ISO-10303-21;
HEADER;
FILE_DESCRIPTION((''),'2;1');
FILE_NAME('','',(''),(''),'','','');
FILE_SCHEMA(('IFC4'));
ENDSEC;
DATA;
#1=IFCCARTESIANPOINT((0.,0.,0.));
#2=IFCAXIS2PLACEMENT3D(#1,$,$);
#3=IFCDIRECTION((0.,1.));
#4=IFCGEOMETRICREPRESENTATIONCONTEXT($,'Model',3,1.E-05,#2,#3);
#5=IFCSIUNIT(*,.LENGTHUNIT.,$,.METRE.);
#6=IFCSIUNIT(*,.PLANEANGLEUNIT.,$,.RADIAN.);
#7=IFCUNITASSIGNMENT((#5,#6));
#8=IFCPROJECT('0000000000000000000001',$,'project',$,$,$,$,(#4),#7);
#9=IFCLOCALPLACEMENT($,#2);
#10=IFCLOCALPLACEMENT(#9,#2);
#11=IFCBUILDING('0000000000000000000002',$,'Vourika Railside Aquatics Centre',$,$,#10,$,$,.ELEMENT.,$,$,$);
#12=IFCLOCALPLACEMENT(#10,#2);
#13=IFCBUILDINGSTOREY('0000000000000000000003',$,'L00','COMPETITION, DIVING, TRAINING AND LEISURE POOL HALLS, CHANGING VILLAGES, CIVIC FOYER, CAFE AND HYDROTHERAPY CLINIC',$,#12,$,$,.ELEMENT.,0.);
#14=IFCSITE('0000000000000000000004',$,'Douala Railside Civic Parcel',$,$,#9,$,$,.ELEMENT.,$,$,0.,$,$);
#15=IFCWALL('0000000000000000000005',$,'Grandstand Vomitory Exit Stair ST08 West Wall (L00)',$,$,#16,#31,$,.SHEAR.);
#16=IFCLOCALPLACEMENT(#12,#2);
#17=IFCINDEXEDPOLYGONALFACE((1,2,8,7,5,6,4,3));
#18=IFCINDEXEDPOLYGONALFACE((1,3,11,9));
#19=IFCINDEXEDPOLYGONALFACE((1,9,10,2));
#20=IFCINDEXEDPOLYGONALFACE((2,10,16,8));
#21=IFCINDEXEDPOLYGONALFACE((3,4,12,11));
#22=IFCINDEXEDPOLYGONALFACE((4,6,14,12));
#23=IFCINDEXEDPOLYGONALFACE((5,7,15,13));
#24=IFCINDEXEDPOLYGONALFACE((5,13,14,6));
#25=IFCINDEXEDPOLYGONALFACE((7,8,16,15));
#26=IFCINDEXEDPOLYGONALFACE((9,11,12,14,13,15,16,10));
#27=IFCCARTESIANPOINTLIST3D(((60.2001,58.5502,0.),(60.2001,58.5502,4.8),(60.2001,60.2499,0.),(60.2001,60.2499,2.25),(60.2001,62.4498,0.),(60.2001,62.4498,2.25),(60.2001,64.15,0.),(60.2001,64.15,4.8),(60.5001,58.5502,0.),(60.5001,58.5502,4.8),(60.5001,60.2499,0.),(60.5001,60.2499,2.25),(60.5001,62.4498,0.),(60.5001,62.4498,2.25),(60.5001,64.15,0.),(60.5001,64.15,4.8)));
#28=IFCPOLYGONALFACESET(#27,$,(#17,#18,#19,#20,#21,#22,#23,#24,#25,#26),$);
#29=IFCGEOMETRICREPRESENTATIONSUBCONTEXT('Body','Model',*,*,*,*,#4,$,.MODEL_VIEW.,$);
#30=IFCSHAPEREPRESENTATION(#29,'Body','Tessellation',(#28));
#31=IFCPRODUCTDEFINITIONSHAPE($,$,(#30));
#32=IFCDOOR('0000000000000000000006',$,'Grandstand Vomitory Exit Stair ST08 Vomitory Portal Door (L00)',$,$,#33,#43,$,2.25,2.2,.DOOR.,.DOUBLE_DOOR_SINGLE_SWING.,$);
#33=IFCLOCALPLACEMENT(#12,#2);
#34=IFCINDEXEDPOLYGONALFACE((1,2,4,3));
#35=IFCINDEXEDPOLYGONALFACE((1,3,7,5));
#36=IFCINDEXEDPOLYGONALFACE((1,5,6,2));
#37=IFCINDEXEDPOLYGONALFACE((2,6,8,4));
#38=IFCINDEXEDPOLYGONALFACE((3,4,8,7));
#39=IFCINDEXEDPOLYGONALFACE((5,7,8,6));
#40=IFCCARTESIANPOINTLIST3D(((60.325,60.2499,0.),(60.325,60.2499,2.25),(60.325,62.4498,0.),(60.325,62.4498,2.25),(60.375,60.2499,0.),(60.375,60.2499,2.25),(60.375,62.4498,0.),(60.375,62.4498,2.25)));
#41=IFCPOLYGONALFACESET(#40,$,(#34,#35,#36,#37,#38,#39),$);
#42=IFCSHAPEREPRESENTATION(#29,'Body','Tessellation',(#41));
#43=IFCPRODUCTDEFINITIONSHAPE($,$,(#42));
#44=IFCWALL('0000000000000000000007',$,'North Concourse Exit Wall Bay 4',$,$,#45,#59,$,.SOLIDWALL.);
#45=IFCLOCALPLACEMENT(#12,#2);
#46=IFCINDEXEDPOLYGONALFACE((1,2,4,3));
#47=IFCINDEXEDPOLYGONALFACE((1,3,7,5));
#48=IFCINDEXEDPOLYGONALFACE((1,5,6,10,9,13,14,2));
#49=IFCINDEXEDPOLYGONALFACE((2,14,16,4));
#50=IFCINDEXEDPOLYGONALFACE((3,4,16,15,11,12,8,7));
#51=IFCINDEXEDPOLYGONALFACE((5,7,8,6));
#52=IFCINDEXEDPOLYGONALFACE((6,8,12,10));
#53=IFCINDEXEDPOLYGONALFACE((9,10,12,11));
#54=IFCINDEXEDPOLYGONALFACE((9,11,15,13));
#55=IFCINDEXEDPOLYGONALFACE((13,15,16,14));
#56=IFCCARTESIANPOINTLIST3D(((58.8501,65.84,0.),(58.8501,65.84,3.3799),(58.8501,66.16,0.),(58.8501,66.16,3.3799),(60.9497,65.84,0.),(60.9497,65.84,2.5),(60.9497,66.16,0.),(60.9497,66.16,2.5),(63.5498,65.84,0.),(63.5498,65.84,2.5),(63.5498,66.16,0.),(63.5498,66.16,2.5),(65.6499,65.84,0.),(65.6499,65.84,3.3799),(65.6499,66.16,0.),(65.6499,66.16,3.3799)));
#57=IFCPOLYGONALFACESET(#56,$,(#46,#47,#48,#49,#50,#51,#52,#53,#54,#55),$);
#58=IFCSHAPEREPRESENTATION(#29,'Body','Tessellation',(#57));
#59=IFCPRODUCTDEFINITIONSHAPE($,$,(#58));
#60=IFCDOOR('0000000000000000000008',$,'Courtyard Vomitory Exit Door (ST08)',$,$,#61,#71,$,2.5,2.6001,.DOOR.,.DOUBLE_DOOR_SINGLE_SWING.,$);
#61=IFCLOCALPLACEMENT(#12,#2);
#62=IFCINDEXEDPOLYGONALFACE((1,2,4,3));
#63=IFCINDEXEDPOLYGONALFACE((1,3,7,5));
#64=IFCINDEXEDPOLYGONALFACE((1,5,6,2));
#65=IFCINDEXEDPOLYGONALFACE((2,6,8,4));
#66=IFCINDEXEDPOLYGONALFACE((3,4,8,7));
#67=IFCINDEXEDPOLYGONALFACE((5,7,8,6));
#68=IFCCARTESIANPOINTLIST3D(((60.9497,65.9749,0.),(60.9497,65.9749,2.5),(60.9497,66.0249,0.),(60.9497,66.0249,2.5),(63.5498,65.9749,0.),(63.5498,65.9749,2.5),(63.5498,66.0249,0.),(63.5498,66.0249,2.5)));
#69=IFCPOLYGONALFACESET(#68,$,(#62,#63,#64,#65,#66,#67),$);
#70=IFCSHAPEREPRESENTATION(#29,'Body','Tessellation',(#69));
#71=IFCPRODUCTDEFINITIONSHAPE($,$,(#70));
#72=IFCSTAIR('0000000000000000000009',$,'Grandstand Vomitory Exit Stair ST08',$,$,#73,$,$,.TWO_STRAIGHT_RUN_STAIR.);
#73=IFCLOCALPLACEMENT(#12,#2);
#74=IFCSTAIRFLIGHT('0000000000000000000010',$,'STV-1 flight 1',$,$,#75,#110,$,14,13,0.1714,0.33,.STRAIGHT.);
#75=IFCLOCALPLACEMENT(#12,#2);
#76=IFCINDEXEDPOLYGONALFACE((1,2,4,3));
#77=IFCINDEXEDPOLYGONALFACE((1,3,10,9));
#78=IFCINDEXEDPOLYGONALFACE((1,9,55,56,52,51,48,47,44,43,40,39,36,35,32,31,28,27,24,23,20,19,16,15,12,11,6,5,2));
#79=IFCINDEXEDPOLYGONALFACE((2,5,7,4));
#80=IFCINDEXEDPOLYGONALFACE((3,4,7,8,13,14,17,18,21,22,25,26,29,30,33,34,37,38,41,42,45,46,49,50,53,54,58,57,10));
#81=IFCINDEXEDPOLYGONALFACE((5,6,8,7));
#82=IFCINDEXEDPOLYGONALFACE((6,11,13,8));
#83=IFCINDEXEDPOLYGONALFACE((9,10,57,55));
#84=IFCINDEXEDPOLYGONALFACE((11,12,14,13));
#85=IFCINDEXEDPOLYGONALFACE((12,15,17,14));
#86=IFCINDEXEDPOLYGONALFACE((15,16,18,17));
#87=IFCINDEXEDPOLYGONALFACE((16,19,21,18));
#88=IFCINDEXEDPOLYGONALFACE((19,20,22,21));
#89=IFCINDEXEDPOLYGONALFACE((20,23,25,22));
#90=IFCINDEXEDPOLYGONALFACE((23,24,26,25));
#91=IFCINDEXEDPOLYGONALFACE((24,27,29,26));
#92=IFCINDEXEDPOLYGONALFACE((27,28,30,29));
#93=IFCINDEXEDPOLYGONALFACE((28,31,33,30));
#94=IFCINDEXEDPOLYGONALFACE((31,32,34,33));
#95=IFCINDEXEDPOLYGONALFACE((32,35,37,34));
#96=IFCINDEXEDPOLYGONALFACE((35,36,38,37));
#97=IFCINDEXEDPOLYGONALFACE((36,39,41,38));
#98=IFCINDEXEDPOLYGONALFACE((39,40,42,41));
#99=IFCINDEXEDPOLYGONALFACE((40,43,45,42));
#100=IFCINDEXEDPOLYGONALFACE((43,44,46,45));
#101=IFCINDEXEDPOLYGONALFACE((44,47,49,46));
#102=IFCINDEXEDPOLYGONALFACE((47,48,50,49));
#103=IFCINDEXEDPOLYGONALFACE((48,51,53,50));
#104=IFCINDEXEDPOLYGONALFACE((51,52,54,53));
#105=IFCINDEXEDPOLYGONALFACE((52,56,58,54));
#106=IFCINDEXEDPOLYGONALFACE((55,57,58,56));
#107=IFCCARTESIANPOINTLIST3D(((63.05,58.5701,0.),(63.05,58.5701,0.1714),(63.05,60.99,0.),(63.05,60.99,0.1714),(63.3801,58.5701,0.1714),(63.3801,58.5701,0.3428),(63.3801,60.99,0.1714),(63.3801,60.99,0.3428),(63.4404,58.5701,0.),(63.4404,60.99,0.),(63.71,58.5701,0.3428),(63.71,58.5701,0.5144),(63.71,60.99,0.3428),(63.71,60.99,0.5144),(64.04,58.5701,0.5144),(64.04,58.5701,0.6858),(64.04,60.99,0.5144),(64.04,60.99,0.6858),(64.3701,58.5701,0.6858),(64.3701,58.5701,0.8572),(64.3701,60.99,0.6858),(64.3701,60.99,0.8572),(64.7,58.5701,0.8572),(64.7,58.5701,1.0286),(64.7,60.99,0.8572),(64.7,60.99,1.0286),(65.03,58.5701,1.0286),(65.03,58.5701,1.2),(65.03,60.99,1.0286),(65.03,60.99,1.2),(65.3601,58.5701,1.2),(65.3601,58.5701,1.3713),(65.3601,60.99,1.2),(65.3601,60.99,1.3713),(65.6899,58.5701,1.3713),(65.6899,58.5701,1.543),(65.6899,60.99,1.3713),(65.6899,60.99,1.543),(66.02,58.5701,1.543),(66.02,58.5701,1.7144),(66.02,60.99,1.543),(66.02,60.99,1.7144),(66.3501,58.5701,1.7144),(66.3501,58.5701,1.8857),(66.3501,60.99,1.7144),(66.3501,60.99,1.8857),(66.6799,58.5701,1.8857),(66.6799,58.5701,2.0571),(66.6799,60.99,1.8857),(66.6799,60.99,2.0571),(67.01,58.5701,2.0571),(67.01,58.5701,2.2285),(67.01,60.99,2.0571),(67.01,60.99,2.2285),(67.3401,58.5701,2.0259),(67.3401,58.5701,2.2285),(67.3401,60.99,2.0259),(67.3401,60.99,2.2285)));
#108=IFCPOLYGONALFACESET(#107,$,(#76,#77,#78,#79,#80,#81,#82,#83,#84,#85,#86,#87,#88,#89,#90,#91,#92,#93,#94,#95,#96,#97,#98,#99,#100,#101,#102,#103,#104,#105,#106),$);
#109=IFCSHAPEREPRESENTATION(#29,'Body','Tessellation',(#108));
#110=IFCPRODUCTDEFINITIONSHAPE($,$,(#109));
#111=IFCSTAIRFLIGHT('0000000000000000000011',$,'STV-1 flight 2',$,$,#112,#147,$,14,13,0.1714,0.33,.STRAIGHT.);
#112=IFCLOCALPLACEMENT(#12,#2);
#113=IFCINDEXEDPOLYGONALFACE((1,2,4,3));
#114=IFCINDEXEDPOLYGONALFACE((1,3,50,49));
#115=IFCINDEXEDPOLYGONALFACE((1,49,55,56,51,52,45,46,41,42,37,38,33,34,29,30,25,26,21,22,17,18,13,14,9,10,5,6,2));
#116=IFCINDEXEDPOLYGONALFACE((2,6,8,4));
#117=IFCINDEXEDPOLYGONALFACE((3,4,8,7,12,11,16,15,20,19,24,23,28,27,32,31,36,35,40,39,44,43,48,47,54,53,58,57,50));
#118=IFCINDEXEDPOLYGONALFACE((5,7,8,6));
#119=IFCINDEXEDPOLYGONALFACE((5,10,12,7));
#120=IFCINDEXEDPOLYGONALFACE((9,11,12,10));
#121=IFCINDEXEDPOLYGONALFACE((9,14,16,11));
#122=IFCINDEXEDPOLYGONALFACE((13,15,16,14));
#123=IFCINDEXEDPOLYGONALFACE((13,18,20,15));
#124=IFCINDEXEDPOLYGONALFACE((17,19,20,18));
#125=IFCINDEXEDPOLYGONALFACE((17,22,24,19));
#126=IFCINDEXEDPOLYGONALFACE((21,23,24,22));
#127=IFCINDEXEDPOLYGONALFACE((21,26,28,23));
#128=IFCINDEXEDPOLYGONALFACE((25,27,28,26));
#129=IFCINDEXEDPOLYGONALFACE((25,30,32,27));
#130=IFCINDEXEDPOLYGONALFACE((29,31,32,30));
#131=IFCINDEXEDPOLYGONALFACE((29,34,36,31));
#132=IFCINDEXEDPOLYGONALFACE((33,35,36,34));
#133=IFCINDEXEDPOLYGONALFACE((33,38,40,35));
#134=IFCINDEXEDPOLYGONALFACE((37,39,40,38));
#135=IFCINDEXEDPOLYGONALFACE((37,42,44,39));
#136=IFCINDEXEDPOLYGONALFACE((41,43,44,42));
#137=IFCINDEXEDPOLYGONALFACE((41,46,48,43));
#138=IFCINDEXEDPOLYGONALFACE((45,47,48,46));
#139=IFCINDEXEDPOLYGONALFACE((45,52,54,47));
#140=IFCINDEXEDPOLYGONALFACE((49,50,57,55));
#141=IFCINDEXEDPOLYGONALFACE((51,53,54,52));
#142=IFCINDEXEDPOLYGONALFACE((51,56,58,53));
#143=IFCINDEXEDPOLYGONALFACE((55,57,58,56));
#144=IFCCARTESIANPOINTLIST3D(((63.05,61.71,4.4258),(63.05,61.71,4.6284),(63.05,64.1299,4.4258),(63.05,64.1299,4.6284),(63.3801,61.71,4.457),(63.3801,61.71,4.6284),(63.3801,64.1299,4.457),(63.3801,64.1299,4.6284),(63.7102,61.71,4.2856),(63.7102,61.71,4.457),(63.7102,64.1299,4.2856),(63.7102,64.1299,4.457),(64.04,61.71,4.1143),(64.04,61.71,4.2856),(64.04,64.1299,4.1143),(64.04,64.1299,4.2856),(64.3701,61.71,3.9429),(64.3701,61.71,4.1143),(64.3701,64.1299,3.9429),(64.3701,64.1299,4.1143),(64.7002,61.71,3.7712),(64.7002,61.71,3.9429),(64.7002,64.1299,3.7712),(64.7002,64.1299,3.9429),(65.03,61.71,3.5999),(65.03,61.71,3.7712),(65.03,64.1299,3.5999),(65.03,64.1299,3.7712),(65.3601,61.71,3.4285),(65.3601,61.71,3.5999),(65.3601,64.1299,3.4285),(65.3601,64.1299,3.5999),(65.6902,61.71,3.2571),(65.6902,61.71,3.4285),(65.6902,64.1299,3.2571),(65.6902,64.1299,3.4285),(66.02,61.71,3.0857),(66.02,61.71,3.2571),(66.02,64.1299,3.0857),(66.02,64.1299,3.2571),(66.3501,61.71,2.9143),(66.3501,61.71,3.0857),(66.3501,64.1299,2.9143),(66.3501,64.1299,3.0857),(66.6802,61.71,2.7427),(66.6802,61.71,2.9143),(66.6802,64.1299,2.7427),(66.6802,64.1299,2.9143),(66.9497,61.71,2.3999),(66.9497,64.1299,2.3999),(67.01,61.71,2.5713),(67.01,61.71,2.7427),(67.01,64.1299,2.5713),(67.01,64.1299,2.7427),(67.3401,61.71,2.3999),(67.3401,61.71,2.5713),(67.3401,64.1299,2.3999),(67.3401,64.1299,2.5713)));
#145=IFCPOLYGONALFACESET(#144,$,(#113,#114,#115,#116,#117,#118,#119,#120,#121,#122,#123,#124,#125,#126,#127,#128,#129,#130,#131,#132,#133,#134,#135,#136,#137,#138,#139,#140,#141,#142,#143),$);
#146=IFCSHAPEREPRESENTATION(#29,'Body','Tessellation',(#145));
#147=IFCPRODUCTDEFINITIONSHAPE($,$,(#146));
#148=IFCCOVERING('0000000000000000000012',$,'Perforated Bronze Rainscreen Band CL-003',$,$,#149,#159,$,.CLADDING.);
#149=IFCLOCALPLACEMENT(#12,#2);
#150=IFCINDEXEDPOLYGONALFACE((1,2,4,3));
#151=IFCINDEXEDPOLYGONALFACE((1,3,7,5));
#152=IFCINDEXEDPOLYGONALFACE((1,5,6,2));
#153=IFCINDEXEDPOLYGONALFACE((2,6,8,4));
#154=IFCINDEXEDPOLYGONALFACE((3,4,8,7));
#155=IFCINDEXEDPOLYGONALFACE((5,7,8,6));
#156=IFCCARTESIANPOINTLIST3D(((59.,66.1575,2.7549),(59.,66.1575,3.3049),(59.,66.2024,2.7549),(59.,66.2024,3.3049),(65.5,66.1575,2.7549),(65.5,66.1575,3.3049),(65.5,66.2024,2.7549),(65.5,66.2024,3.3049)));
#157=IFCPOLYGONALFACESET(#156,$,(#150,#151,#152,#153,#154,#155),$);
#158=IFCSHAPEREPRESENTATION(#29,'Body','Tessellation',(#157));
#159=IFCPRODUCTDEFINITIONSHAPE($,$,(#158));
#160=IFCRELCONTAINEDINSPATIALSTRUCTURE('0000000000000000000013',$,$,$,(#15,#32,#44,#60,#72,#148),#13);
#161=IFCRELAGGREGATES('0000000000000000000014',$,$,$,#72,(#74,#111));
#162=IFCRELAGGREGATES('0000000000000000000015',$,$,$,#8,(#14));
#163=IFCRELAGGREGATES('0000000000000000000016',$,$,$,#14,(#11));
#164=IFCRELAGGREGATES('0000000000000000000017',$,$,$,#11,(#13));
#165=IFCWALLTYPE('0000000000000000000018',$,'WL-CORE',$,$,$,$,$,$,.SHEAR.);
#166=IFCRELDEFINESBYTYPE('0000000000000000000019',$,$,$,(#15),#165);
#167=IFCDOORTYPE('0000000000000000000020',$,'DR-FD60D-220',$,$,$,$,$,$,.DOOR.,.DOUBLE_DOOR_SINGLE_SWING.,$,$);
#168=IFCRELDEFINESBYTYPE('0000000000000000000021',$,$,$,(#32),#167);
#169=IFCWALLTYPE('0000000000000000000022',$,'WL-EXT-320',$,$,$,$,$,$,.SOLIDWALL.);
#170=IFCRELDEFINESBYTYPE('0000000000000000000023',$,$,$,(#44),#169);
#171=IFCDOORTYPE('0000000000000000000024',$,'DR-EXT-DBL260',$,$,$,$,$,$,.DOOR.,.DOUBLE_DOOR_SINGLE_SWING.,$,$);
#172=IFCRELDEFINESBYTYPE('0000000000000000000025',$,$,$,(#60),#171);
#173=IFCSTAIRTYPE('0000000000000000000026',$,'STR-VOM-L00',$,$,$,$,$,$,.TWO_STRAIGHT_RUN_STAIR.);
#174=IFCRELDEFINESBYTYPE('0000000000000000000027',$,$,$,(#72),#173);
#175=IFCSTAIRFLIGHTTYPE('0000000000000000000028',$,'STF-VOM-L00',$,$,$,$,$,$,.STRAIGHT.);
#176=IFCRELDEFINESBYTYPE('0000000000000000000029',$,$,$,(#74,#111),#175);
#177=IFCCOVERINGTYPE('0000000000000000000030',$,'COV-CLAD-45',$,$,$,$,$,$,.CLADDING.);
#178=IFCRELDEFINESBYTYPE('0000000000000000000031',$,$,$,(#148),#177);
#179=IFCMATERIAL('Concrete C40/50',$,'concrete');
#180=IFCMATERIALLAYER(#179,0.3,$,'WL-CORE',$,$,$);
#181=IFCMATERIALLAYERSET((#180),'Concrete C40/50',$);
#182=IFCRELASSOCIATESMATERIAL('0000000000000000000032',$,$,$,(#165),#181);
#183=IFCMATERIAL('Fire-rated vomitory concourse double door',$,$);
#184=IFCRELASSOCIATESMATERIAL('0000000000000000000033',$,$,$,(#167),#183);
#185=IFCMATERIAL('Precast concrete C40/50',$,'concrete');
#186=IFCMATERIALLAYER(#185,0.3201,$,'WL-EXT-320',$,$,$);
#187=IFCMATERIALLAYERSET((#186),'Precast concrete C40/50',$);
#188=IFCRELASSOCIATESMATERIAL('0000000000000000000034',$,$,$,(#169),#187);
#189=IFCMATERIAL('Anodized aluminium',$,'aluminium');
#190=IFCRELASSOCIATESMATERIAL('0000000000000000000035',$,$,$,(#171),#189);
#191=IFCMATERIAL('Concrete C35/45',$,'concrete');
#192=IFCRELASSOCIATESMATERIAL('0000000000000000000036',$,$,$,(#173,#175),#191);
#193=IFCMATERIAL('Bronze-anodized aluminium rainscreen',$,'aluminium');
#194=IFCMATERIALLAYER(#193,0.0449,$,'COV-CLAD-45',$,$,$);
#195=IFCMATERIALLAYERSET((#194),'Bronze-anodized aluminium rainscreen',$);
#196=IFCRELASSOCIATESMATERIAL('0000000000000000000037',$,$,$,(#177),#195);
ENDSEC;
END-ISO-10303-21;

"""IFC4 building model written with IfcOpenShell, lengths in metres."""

from ifc_helpers import new_model, si_unit, direction, frame, frame_2d, origin, origin_2d, place, context, subcontext, project, spatial, polyline, rectangle, outline, extrude, material, layer, layer_set, type_object, element, fill, aggregate, save


model = new_model("IFC4")

# Units and contexts
model_context = context("Model", 3, precision=1e-05, world=origin(), true_north=direction((0.0, 1.0)))
body_context = subcontext(model_context, "Body", "Model", "MODEL_VIEW")
ifc_project = project(units=[si_unit("LENGTHUNIT", "METRE"), si_unit("PLANEANGLEUNIT", "RADIAN")], contexts=[model_context])

# Site, building, storey
site_placement = place(None, origin())
site = spatial("IfcSite", under=ifc_project, at=site_placement, Name="Douala Railside Civic Parcel", CompositionType="ELEMENT", RefElevation=0.0)
building_placement = place(site_placement, origin())
building = spatial("IfcBuilding", under=site, at=building_placement, Name="Vourika Railside Aquatics Centre", CompositionType="ELEMENT")
storey_placement = place(building_placement, origin())
storey = spatial("IfcBuildingStorey", under=building, at=storey_placement, Name="L00", Description="COMPETITION, DIVING, TRAINING AND LEISURE POOL HALLS, CHANGING VILLAGES, CIVIC FOYER, CAFE AND HYDROTHERAPY CLINIC", CompositionType="ELEMENT", Elevation=0.0)

# Shared definitions
ifc_material_1 = material(Name="Concrete C40/50", Category="concrete")

# Shared definitions
ifc_layer_1 = layer(ifc_material_1, 0.3, Name="WL-CORE")
ifc_layer_set_1 = layer_set([ifc_layer_1], Name="Concrete C40/50")
wall_type_1 = type_object("IfcWallType", Name="WL-CORE", PredefinedType="SHEAR", material=ifc_layer_set_1)

# Walls, openings, doors
wall_1_placement = place(storey_placement, frame((60.3501, 64.1499, 0.0), z_axis=(0.0, 0.0, 1.0), x_axis=(0.0, -1.0, 0.0)))
wall_1 = element("IfcWall", 1, at=wall_1_placement, inside=storey, type_object=wall_type_1, Name="Grandstand Vomitory Exit Stair ST08 West Wall (L00)", PredefinedType="SHEAR", context=body_context, shape_type="SweptSolid", body=[
    extrude(rectangle(XDim=5.5999, YDim=0.3, at=frame_2d((2.7998, 0.0))), origin(), (0.0, 0.0, 1.0), 4.8),
])
opening_1_placement = place(wall_1_placement, frame((1.7, 0.0, 0.0)))
opening_1 = element("IfcOpeningElement", 2, at=opening_1_placement, cuts=wall_1, PredefinedType="OPENING", context=body_context, shape_type="SweptSolid", body=[
    extrude(rectangle(XDim=2.2, YDim=2.25, at=frame_2d((1.1001, 1.125))), frame((0.0, 0.1602, 0.0), z_axis=(0.0, -1.0, 0.0), x_axis=(1.0, 0.0, 0.0)), (0.0, 0.0, 1.0), 0.3201),
])
ifc_material_2 = material(Name="Fire-rated vomitory concourse double door")
door_type_1 = type_object("IfcDoorType", Name="DR-FD60D-220", OperationType="DOUBLE_DOOR_SINGLE_SWING", PredefinedType="DOOR", material=ifc_material_2)
door_1_placement = place(opening_1_placement, origin())
door_1 = element("IfcDoor", 3, at=door_1_placement, inside=storey, type_object=door_type_1, Name="Grandstand Vomitory Exit Stair ST08 Vomitory Portal Door (L00)", OperationType="DOUBLE_DOOR_SINGLE_SWING", OverallHeight=2.25, OverallWidth=2.2, PredefinedType="DOOR", context=body_context, shape_type="SweptSolid", body=[
    extrude(rectangle(XDim=2.2, YDim=2.25, at=frame_2d((1.1001, 1.125))), frame((0.0, 0.0249, 0.0), z_axis=(0.0, -1.0, 0.0), x_axis=(1.0, 0.0, 0.0)), (0.0, 0.0, 1.0), 0.05),
])
fill(opening_1, door_1)
ifc_material_3 = material(Name="Precast concrete C40/50", Category="concrete")
ifc_layer_2 = layer(ifc_material_3, 0.3201, Name="WL-EXT-320")
ifc_layer_set_2 = layer_set([ifc_layer_2], Name="Precast concrete C40/50")
wall_type_2 = type_object("IfcWallType", Name="WL-EXT-320", PredefinedType="SOLIDWALL", material=ifc_layer_set_2)
wall_2_placement = place(storey_placement, frame((65.6499, 66.0, 0.0), z_axis=(0.0, 0.0, 1.0), x_axis=(-1.0, 0.0, 0.0)))
wall_2 = element("IfcWall", 4, at=wall_2_placement, inside=storey, type_object=wall_type_2, Name="North Concourse Exit Wall Bay 4", PredefinedType="SOLIDWALL", context=body_context, shape_type="SweptSolid", body=[
    extrude(rectangle(XDim=6.7998, YDim=0.3201, at=frame_2d((3.3999, 0.0))), origin(), (0.0, 0.0, 1.0), 3.3799),
])
opening_2_placement = place(wall_2_placement, frame((2.1001, 0.0, 0.0)))
opening_2 = element("IfcOpeningElement", 5, at=opening_2_placement, cuts=wall_2, PredefinedType="OPENING", context=body_context, shape_type="SweptSolid", body=[
    extrude(rectangle(XDim=2.6001, YDim=2.5, at=frame_2d((1.3, 1.25))), frame((0.0, 0.1699, 0.0), z_axis=(0.0, -1.0, 0.0), x_axis=(1.0, 0.0, 0.0)), (0.0, 0.0, 1.0), 0.3401),
])
ifc_material_4 = material(Name="Anodized aluminium", Category="aluminium")
door_type_2 = type_object("IfcDoorType", Name="DR-EXT-DBL260", OperationType="DOUBLE_DOOR_SINGLE_SWING", PredefinedType="DOOR", material=ifc_material_4)
door_2_placement = place(opening_2_placement, frame((2.6001, 0.0, 0.0), z_axis=(0.0, 0.0, 1.0), x_axis=(-1.0, 0.0, 0.0)))
door_2 = element("IfcDoor", 6, at=door_2_placement, inside=storey, type_object=door_type_2, Name="Courtyard Vomitory Exit Door (ST08)", OperationType="DOUBLE_DOOR_SINGLE_SWING", OverallHeight=2.5, OverallWidth=2.6001, PredefinedType="DOOR", context=body_context, shape_type="SweptSolid", body=[
    extrude(rectangle(XDim=2.6001, YDim=2.5, at=frame_2d((1.3, 1.25))), frame((0.0, 0.0249, 0.0), z_axis=(0.0, -1.0, 0.0), x_axis=(1.0, 0.0, 0.0)), (0.0, 0.0, 1.0), 0.05),
])
fill(opening_2, door_2)

# Stair, stair flights
ifc_material_5 = material(Name="Concrete C35/45", Category="concrete")
stair_type = type_object("IfcStairType", Name="STR-VOM-L00", PredefinedType="TWO_STRAIGHT_RUN_STAIR", material=ifc_material_5)
stair_placement = place(storey_placement, origin())
stair = element("IfcStair", 7, at=stair_placement, inside=storey, type_object=stair_type, Name="Grandstand Vomitory Exit Stair ST08", PredefinedType="TWO_STRAIGHT_RUN_STAIR")
stair_flight_type = type_object("IfcStairFlightType", Name="STF-VOM-L00", PredefinedType="STRAIGHT", material=ifc_material_5)
stair_flight_1_placement = place(storey_placement, frame((63.05, 59.78, 0.0), z_axis=(0.0, 0.0, 1.0), x_axis=(1.0, 0.0, 0.0)))
stair_flight_1 = element("IfcStairFlight", 8, at=stair_flight_1_placement, type_object=stair_flight_type, Name="STV-1 flight 1", NumberOfRisers=14, NumberOfTreads=13, PredefinedType="STRAIGHT", RiserHeight=0.1714, TreadLength=0.33, context=body_context, shape_type="SweptSolid", body=[
    extrude(outline(polyline([(0.0, 0.0), (0.0, 0.1714), (0.3301, 0.1714), (0.3301, 0.3428), (0.6599, 0.3428), (0.6599, 0.5144), (0.99, 0.5144), (0.99, 0.6858), (1.3201, 0.6858), (1.3201, 0.8572), (1.6499, 0.8572), (1.6499, 1.0286), (1.98, 1.0286), (1.98, 1.2), (2.3101, 1.2), (2.3101, 1.3713), (2.6399, 1.3713), (2.6399, 1.543), (2.97, 1.543), (2.97, 1.7144), (3.3, 1.7144), (3.3, 1.8857), (3.6299, 1.8857), (3.6299, 2.0571), (3.96, 2.0571), (3.96, 2.2285), (4.29, 2.2285), (4.29, 2.3999), (4.29, 2.0259), (0.3904, 0.0), (0.0, 0.0)])), frame((0.0, 1.21, 0.0), z_axis=(0.0, -1.0, 0.0), x_axis=(1.0, 0.0, 0.0)), (0.0, 0.0, 1.0), 2.4199),
])
stair_flight_2_placement = place(storey_placement, frame((67.3401, 62.9199, 2.3999), z_axis=(0.0, 0.0, 1.0), x_axis=(-1.0, 0.0, 0.0)))
stair_flight_2 = element("IfcStairFlight", 9, at=stair_flight_2_placement, type_object=stair_flight_type, Name="STV-1 flight 2", NumberOfRisers=14, NumberOfTreads=13, PredefinedType="STRAIGHT", RiserHeight=0.1714, TreadLength=0.33, context=body_context, shape_type="SweptSolid", body=[
    extrude(outline(polyline([(0.0, 0.0), (0.0, 0.1714), (0.3301, 0.1714), (0.3301, 0.3428), (0.6599, 0.3428), (0.6599, 0.5144), (0.99, 0.5144), (0.99, 0.6858), (1.3201, 0.6858), (1.3201, 0.8572), (1.6499, 0.8572), (1.6499, 1.0286), (1.98, 1.0286), (1.98, 1.2), (2.3101, 1.2), (2.3101, 1.3713), (2.6399, 1.3713), (2.6399, 1.543), (2.97, 1.543), (2.97, 1.7144), (3.3, 1.7144), (3.3, 1.8857), (3.6299, 1.8857), (3.6299, 2.0571), (3.96, 2.0571), (3.96, 2.2285), (4.29, 2.2285), (4.29, 2.3999), (4.29, 2.0259), (0.3904, 0.0), (0.0, 0.0)])), frame((0.0, 1.21, 0.0), z_axis=(0.0, -1.0, 0.0), x_axis=(1.0, 0.0, 0.0)), (0.0, 0.0, 1.0), 2.4199),
])
aggregate(stair, [stair_flight_1, stair_flight_2])

# Covering
ifc_material_6 = material(Name="Bronze-anodized aluminium rainscreen", Category="aluminium")
ifc_layer_3 = layer(ifc_material_6, 0.0449, Name="COV-CLAD-45")
ifc_layer_set_3 = layer_set([ifc_layer_3], Name="Bronze-anodized aluminium rainscreen")
covering_type = type_object("IfcCoveringType", Name="COV-CLAD-45", PredefinedType="CLADDING", material=ifc_layer_set_3)
covering_placement = place(storey_placement, frame((62.25, 66.1799, 2.7549), z_axis=(0.0, 0.0, 1.0), x_axis=(-1.0, 0.0, 0.0)))
element("IfcCovering", 10, at=covering_placement, inside=storey, type_object=covering_type, Name="Perforated Bronze Rainscreen Band CL-003", PredefinedType="CLADDING", context=body_context, shape_type="SweptSolid", body=[
    extrude(rectangle(XDim=6.5, YDim=0.0449, at=origin_2d()), origin(), (0.0, 0.0, 1.0), 0.55),
])

save(model, "model.ifc")
